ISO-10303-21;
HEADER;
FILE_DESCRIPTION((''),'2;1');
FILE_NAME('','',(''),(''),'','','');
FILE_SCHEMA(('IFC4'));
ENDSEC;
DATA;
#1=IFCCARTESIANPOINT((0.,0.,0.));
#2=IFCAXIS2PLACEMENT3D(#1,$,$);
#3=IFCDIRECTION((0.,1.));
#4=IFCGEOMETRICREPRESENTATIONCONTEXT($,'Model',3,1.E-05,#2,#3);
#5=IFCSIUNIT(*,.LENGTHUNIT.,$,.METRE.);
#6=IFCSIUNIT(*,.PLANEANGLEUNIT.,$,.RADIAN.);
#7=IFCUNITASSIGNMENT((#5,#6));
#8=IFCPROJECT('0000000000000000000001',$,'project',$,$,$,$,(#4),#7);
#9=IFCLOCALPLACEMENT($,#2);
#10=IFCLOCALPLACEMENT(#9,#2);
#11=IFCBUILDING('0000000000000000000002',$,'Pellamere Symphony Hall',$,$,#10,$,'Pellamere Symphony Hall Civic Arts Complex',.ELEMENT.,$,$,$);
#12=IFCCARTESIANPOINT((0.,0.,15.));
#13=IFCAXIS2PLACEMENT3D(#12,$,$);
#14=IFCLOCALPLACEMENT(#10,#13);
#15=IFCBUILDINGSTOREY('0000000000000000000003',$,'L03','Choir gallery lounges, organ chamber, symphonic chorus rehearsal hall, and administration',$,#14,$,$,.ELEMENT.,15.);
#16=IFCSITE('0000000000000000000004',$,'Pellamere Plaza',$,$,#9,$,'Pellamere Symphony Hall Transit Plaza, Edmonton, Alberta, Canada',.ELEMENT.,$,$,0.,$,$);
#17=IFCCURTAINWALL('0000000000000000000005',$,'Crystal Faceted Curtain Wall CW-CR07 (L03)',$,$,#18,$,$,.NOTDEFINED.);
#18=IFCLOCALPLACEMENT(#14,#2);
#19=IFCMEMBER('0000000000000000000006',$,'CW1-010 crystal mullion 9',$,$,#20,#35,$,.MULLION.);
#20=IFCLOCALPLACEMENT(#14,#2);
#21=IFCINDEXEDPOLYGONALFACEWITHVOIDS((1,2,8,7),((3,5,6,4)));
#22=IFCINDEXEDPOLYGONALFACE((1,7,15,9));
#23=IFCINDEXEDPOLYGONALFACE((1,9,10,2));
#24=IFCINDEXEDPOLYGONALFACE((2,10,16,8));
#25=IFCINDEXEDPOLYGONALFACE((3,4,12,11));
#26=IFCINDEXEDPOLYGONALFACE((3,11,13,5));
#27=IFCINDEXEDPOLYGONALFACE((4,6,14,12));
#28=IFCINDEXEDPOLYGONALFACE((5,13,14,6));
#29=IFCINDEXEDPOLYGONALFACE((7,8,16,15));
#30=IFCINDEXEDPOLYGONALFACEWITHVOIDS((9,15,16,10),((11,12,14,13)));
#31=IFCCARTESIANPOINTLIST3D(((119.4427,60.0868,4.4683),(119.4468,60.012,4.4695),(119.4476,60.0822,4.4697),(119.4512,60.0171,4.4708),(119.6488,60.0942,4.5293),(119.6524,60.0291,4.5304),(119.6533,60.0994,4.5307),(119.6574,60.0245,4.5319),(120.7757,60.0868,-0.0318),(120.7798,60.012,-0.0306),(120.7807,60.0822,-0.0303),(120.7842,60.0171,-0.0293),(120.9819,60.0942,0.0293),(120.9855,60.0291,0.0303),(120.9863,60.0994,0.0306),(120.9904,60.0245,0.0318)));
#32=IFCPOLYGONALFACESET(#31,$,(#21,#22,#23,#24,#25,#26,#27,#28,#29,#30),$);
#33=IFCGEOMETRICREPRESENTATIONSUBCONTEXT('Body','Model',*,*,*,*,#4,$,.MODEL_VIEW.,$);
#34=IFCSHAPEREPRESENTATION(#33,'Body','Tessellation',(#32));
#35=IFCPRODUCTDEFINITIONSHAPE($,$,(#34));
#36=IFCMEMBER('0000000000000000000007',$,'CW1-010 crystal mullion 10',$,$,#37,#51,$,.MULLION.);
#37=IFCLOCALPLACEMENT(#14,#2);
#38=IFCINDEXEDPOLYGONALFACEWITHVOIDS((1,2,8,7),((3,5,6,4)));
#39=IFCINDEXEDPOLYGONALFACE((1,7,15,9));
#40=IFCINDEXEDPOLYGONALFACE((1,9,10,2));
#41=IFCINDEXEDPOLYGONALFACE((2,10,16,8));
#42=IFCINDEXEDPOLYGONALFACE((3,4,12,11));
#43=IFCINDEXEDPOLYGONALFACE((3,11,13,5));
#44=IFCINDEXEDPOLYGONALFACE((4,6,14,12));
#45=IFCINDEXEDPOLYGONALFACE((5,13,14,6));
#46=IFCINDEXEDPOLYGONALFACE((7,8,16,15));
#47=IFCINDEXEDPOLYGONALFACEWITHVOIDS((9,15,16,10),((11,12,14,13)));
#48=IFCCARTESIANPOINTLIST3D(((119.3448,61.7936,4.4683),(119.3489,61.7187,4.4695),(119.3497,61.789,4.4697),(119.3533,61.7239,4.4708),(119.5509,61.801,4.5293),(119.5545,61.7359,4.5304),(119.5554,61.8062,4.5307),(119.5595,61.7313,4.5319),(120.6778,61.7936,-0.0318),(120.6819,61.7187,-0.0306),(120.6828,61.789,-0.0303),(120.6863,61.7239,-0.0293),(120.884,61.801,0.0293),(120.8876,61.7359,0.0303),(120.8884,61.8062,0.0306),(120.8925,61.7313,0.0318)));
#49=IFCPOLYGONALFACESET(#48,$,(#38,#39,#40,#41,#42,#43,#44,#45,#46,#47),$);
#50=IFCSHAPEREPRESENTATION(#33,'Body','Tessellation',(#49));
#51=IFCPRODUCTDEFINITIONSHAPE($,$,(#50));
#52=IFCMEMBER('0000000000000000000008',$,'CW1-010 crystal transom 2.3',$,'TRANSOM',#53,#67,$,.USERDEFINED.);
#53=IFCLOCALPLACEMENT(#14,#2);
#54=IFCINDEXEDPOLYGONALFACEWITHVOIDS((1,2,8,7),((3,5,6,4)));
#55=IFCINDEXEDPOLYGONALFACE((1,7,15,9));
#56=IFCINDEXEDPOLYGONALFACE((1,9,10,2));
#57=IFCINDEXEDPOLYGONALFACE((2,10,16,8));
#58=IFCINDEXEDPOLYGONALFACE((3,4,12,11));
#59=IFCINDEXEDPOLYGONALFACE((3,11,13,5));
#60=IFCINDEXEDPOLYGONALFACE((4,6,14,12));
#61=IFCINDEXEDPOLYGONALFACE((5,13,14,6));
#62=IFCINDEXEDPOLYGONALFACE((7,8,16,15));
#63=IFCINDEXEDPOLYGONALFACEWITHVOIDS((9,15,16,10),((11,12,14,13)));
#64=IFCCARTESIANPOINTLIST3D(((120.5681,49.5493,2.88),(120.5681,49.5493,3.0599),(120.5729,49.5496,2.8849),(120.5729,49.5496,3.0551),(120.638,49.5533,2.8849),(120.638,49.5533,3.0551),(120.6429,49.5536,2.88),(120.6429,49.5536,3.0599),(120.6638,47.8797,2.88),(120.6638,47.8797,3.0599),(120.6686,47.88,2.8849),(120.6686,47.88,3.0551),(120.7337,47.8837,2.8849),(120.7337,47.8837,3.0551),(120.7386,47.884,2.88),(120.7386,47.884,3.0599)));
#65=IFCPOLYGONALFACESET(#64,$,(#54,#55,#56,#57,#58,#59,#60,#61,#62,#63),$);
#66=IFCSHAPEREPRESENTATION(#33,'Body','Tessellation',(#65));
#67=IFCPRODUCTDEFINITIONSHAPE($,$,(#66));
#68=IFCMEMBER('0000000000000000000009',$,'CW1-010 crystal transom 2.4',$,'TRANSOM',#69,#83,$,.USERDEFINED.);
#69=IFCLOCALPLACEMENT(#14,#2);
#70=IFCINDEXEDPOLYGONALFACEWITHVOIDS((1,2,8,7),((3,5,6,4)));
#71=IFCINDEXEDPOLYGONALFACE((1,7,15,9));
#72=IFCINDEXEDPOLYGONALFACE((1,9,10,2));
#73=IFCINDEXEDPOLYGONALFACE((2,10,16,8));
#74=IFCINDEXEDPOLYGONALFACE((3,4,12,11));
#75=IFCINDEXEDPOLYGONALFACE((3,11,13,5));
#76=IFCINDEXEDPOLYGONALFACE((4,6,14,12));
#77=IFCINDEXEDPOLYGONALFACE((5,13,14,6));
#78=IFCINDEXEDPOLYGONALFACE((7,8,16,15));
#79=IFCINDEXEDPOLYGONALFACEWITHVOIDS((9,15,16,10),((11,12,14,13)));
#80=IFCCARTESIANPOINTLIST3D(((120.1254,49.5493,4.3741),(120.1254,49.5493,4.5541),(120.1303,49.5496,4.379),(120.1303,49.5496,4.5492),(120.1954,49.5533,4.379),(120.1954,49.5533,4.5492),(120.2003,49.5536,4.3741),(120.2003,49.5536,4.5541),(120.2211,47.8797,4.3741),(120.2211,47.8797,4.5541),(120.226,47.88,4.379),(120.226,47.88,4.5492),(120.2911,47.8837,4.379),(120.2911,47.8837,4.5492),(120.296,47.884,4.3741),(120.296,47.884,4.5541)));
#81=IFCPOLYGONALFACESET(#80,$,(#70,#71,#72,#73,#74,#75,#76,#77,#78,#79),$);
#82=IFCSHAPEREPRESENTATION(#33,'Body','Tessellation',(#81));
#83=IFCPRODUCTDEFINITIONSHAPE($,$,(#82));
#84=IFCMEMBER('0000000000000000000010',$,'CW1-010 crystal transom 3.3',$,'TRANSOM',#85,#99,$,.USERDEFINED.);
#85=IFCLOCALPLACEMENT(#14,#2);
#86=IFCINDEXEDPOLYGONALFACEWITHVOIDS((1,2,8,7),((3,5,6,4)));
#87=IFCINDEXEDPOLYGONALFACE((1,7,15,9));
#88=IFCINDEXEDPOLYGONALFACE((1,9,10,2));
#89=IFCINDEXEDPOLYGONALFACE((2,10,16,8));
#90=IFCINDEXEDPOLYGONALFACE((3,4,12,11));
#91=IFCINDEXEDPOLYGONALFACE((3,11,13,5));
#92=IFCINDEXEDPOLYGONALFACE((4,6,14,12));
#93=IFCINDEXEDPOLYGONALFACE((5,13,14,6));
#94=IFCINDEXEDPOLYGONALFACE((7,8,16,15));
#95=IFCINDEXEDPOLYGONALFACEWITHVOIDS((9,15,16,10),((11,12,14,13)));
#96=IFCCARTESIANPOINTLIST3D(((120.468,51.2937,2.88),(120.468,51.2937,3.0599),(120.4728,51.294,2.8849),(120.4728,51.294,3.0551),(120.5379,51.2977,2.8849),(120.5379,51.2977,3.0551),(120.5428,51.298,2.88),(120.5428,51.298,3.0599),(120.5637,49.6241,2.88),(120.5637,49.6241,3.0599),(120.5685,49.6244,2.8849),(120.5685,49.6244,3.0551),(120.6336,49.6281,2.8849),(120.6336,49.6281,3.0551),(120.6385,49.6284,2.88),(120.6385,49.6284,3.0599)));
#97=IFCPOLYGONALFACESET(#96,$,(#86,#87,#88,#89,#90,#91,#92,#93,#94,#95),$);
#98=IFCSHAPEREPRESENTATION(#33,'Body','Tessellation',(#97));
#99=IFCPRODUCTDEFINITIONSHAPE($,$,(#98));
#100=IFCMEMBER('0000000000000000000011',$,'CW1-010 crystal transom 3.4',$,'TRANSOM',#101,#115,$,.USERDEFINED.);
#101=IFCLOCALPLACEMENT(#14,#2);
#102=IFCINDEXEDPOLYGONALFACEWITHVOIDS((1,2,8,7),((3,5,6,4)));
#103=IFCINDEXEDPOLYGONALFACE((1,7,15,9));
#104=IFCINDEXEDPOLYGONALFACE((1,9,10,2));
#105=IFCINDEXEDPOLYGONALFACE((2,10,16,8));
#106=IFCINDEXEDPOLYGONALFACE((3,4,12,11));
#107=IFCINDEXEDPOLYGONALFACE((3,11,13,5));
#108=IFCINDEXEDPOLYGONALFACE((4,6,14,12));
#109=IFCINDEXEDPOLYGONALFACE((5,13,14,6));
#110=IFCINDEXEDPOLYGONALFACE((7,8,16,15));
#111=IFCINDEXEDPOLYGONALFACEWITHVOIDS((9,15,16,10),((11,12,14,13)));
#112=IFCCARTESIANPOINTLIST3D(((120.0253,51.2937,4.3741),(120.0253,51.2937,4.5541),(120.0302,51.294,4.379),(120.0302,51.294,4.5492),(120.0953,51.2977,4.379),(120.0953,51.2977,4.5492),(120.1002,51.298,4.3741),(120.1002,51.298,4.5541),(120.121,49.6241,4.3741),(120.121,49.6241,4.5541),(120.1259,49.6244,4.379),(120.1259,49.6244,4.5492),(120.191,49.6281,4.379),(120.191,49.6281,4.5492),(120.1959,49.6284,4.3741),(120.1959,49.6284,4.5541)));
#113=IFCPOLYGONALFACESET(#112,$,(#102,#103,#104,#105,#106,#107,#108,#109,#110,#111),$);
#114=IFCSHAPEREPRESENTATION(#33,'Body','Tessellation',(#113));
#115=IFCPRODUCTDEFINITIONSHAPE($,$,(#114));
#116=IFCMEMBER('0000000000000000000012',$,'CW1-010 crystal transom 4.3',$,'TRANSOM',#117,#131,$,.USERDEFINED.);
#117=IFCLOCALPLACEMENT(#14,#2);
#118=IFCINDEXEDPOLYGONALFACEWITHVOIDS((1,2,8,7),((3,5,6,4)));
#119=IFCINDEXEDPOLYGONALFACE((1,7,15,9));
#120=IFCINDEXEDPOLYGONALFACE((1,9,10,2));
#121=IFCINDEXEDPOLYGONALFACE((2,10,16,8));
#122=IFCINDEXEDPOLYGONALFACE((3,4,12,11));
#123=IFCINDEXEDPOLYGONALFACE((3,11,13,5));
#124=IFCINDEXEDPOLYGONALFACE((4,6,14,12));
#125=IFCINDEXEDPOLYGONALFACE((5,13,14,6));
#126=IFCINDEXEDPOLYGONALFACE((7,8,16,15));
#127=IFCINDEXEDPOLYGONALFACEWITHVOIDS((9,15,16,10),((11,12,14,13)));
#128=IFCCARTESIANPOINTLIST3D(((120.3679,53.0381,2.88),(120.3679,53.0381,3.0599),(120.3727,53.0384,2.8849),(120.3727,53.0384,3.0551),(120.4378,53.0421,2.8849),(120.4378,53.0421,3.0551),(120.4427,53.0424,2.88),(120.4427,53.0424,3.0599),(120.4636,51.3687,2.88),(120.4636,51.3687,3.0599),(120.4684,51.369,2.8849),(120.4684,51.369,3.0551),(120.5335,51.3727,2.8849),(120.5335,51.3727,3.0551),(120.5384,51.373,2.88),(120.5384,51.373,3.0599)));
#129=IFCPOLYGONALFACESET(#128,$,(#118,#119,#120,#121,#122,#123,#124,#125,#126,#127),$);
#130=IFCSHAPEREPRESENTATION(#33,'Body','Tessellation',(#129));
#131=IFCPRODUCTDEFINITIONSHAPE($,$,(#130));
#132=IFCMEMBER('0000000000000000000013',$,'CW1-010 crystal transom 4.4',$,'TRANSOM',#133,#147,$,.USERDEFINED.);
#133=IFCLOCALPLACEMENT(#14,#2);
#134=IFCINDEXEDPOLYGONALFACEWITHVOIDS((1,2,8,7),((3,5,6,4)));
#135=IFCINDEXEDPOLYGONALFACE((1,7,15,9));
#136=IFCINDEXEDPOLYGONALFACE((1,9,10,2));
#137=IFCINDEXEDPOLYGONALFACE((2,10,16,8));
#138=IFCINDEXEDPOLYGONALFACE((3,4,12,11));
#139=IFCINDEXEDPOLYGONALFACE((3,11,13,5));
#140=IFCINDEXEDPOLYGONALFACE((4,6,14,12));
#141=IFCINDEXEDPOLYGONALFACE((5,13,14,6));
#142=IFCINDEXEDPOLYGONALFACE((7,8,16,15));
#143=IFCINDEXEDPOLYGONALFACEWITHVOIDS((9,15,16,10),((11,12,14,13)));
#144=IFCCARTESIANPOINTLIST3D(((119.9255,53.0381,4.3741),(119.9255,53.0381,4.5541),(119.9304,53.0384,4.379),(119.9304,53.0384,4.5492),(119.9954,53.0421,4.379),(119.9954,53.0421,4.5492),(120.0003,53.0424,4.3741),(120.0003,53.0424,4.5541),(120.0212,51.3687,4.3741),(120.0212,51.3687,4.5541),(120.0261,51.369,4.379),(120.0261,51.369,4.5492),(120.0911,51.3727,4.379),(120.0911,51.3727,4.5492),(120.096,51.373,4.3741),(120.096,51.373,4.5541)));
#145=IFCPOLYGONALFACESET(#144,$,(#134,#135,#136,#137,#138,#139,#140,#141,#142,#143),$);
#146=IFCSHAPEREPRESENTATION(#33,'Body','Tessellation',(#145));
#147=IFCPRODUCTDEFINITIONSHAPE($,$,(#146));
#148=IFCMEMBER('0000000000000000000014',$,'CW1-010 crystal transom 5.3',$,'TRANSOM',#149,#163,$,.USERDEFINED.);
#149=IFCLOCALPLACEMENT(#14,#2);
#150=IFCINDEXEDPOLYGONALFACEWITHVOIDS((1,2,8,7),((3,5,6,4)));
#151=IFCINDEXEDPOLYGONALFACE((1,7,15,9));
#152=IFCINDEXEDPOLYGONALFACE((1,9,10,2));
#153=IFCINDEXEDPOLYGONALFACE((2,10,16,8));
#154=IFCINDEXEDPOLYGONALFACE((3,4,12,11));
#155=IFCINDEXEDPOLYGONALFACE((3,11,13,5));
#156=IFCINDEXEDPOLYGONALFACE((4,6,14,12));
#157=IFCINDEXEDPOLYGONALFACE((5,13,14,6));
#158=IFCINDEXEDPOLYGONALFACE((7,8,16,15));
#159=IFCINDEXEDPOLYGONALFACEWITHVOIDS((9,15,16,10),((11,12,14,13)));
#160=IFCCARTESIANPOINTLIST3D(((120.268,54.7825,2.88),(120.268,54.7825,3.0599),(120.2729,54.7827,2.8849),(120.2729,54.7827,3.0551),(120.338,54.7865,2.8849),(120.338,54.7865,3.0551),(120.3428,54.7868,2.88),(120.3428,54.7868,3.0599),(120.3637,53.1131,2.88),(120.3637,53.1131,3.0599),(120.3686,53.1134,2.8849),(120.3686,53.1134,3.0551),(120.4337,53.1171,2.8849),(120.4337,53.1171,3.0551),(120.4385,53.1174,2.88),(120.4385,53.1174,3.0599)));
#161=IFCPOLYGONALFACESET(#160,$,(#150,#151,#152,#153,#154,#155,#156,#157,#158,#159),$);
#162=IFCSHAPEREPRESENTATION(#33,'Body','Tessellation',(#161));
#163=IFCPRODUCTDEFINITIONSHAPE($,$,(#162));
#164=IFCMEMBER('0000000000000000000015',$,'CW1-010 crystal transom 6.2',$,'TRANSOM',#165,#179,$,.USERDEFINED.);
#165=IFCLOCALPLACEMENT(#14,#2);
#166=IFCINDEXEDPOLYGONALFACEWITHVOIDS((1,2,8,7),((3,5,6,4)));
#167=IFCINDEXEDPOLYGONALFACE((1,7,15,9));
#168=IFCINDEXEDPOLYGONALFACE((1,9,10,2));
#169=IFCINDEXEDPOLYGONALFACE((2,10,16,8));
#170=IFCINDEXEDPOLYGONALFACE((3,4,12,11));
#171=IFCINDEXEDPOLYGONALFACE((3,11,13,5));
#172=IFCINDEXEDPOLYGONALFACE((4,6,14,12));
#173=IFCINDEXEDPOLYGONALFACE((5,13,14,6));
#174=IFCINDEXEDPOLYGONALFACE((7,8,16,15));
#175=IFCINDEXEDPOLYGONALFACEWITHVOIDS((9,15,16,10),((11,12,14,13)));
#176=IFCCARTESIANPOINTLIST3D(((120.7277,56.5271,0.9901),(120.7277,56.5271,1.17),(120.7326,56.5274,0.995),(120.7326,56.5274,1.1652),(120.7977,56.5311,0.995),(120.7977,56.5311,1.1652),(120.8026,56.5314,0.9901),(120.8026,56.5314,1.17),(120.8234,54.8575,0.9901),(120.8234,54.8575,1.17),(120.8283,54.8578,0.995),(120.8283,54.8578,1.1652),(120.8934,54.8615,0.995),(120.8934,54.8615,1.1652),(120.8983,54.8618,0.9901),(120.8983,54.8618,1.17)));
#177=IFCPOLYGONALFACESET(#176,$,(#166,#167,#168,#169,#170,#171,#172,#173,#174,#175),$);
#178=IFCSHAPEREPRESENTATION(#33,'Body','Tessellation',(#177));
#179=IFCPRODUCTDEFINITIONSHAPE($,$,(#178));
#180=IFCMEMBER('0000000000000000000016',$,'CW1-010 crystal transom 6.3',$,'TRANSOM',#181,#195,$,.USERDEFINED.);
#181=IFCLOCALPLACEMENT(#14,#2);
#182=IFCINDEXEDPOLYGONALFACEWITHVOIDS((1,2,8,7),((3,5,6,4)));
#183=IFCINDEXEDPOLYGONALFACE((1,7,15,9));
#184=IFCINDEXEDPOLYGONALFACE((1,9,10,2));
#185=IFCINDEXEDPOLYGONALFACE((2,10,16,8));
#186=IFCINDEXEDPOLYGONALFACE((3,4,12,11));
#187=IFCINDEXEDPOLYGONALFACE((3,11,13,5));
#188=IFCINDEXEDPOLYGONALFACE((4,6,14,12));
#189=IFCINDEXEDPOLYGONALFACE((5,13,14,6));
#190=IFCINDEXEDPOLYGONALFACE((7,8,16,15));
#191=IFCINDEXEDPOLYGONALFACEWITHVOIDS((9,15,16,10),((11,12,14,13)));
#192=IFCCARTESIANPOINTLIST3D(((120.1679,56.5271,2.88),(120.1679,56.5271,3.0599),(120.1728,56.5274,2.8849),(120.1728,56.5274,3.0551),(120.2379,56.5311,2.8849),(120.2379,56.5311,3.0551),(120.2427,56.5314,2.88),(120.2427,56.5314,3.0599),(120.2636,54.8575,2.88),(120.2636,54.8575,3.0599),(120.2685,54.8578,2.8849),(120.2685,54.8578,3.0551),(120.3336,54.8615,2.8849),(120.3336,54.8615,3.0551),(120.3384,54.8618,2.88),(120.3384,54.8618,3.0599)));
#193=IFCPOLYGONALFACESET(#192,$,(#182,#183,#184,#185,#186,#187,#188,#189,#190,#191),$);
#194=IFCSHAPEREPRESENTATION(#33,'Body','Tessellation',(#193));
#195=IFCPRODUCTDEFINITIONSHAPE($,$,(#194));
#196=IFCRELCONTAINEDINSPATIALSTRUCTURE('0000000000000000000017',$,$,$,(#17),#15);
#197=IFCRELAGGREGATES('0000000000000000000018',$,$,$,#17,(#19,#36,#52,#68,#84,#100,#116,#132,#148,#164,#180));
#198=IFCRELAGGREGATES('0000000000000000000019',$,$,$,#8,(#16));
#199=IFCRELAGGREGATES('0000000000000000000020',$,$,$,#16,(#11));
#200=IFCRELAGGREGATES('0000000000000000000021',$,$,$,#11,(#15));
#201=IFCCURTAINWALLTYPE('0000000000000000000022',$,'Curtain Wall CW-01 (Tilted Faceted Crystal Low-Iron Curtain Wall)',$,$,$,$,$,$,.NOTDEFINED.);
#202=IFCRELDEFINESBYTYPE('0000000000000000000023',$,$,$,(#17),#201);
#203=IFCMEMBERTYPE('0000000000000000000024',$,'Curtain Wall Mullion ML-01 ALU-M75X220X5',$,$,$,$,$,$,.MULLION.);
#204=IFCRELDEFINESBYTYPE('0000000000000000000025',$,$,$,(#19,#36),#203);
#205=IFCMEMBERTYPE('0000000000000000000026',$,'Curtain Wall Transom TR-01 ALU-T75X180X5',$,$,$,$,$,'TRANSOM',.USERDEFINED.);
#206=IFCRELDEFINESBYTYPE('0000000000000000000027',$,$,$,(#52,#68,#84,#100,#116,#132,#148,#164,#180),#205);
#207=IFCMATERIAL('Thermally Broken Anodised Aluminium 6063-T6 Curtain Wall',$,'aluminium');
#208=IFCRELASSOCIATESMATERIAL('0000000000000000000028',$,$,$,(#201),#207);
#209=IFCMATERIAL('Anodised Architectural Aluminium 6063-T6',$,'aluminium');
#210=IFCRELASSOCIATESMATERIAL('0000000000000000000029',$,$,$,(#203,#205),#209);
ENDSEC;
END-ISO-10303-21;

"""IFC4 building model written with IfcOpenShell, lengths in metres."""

from ifc_helpers import new_model, si_unit, direction, frame, origin, origin_2d, place, context, subcontext, project, spatial, hollow_rectangle, extrude, material, material_profile, profile_set, type_object, element, aggregate, save


model = new_model("IFC4")

# Units and contexts
model_context = context("Model", 3, precision=1e-05, world=origin(), true_north=direction((0.0, 1.0)))
body_context = subcontext(model_context, "Body", "Model", "MODEL_VIEW")
ifc_project = project(units=[si_unit("LENGTHUNIT", "METRE"), si_unit("PLANEANGLEUNIT", "RADIAN")], contexts=[model_context])

# Site, building, storey
site_placement = place(None, origin())
site = spatial("IfcSite", under=ifc_project, at=site_placement, Name="Pellamere Plaza", LongName="Pellamere Symphony Hall Transit Plaza, Edmonton, Alberta, Canada", CompositionType="ELEMENT", RefElevation=0.0)
building_placement = place(site_placement, origin())
building = spatial("IfcBuilding", under=site, at=building_placement, Name="Pellamere Symphony Hall", LongName="Pellamere Symphony Hall Civic Arts Complex", CompositionType="ELEMENT")
storey_placement = place(building_placement, frame((0.0, 0.0, 15.0)))
storey = spatial("IfcBuildingStorey", under=building, at=storey_placement, Name="L03", Description="Choir gallery lounges, organ chamber, symphonic chorus rehearsal hall, and administration", CompositionType="ELEMENT", Elevation=15.0)

# Curtain wall, members
ifc_material_1 = material(Name="Thermally Broken Anodised Aluminium 6063-T6 Curtain Wall", Category="aluminium")
curtain_wall_type = type_object("IfcCurtainWallType", Name="Curtain Wall CW-01 (Tilted Faceted Crystal Low-Iron Curtain Wall)", PredefinedType="NOTDEFINED", material=ifc_material_1)
curtain_wall_placement = place(storey_placement, origin())
curtain_wall = element("IfcCurtainWall", 1, at=curtain_wall_placement, inside=storey, type_object=curtain_wall_type, Name="Crystal Faceted Curtain Wall CW-CR07 (L03)", PredefinedType="NOTDEFINED")
ifc_material_2 = material(Name="Anodised Architectural Aluminium 6063-T6", Category="aluminium")
ifc_material_profile_1 = material_profile(ifc_material_2, hollow_rectangle(XDim=0.075, YDim=0.22, WallThickness=0.0049, at=origin_2d()), Name="ALU-M75X220X5")
ifc_profile_set_1 = profile_set([ifc_material_profile_1], Name="Anodised Architectural Aluminium 6063-T6")
member_type_1 = type_object("IfcMemberType", Name="Curtain Wall Mullion ML-01 ALU-M75X220X5", PredefinedType="MULLION", material=ifc_profile_set_1)
member_1_placement = place(storey_placement, frame((120.8831, 60.0557, 0.0), z_axis=(-0.284025, 0.0, 0.958817), x_axis=(-0.054874, 0.998361, -0.016255)))
member_1 = element("IfcMember", 2, at=member_1_placement, type_object=member_type_1, Name="CW1-010 crystal mullion 9", PredefinedType="MULLION", context=body_context, shape_type="SweptSolid", body=[
    extrude(hollow_rectangle(XDim=0.075, YDim=0.22, WallThickness=0.0049, at=origin_2d()), origin(), (0.0, 0.0, 1.0), 4.6934),
])
member_2_placement = place(storey_placement, frame((120.7852, 61.7625, 0.0), z_axis=(-0.284025, 0.0, 0.958817), x_axis=(-0.054874, 0.998361, -0.016255)))
member_2 = element("IfcMember", 3, at=member_2_placement, type_object=member_type_1, Name="CW1-010 crystal mullion 10", PredefinedType="MULLION", context=body_context, shape_type="SweptSolid", body=[
    extrude(hollow_rectangle(XDim=0.075, YDim=0.22, WallThickness=0.0049, at=origin_2d()), origin(), (0.0, 0.0, 1.0), 4.6934),
])
ifc_material_profile_2 = material_profile(ifc_material_2, hollow_rectangle(XDim=0.075, YDim=0.1799, WallThickness=0.0049, at=origin_2d()), Name="ALU-T75X180X5")
ifc_profile_set_2 = profile_set([ifc_material_profile_2], Name="Anodised Architectural Aluminium 6063-T6")
member_type_2 = type_object("IfcMemberType", Name="Curtain Wall Transom TR-01 ALU-T75X180X5", ElementType="TRANSOM", PredefinedType="USERDEFINED", material=ifc_profile_set_2)
member_3_placement = place(storey_placement, frame((120.7012, 47.8818, 2.97), z_axis=(-0.057224, 0.998361, 0.0), x_axis=(-0.998361, -0.057224, 0.0)))
member_3 = element("IfcMember", 4, at=member_3_placement, type_object=member_type_2, Name="CW1-010 crystal transom 2.3", ObjectType="TRANSOM", PredefinedType="USERDEFINED", context=body_context, shape_type="SweptSolid", body=[
    extrude(hollow_rectangle(XDim=0.075, YDim=0.1799, WallThickness=0.0049, at=origin_2d()), origin(), (0.0, 0.0, 1.0), 1.6724),
])
member_4_placement = place(storey_placement, frame((120.2585, 47.8818, 4.4641), z_axis=(-0.057224, 0.998361, 0.0), x_axis=(-0.998361, -0.057224, 0.0)))
member_4 = element("IfcMember", 5, at=member_4_placement, type_object=member_type_2, Name="CW1-010 crystal transom 2.4", ObjectType="TRANSOM", PredefinedType="USERDEFINED", context=body_context, shape_type="SweptSolid", body=[
    extrude(hollow_rectangle(XDim=0.075, YDim=0.1799, WallThickness=0.0049, at=origin_2d()), origin(), (0.0, 0.0, 1.0), 1.6724),
])
member_5_placement = place(storey_placement, frame((120.6011, 49.6262, 2.97), z_axis=(-0.057224, 0.998361, 0.0), x_axis=(-0.998361, -0.057224, 0.0)))
member_5 = element("IfcMember", 6, at=member_5_placement, type_object=member_type_2, Name="CW1-010 crystal transom 3.3", ObjectType="TRANSOM", PredefinedType="USERDEFINED", context=body_context, shape_type="SweptSolid", body=[
    extrude(hollow_rectangle(XDim=0.075, YDim=0.1799, WallThickness=0.0049, at=origin_2d()), origin(), (0.0, 0.0, 1.0), 1.6724),
])
member_6_placement = place(storey_placement, frame((120.1584, 49.6262, 4.4641), z_axis=(-0.057224, 0.998361, 0.0), x_axis=(-0.998361, -0.057224, 0.0)))
member_6 = element("IfcMember", 7, at=member_6_placement, type_object=member_type_2, Name="CW1-010 crystal transom 3.4", ObjectType="TRANSOM", PredefinedType="USERDEFINED", context=body_context, shape_type="SweptSolid", body=[
    extrude(hollow_rectangle(XDim=0.075, YDim=0.1799, WallThickness=0.0049, at=origin_2d()), origin(), (0.0, 0.0, 1.0), 1.6724),
])
member_7_placement = place(storey_placement, frame((120.501, 51.3708, 2.97), z_axis=(-0.057233, 0.998361, 0.0), x_axis=(-0.998361, -0.057233, 0.0)))
member_7 = element("IfcMember", 8, at=member_7_placement, type_object=member_type_2, Name="CW1-010 crystal transom 4.3", ObjectType="TRANSOM", PredefinedType="USERDEFINED", context=body_context, shape_type="SweptSolid", body=[
    extrude(hollow_rectangle(XDim=0.075, YDim=0.1799, WallThickness=0.0049, at=origin_2d()), origin(), (0.0, 0.0, 1.0), 1.6721),
])
member_8_placement = place(storey_placement, frame((120.0586, 51.3708, 4.4641), z_axis=(-0.057233, 0.998361, 0.0), x_axis=(-0.998361, -0.057233, 0.0)))
member_8 = element("IfcMember", 9, at=member_8_placement, type_object=member_type_2, Name="CW1-010 crystal transom 4.4", ObjectType="TRANSOM", PredefinedType="USERDEFINED", context=body_context, shape_type="SweptSolid", body=[
    extrude(hollow_rectangle(XDim=0.075, YDim=0.1799, WallThickness=0.0049, at=origin_2d()), origin(), (0.0, 0.0, 1.0), 1.6721),
])
member_9_placement = place(storey_placement, frame((120.4011, 53.1152, 2.97), z_axis=(-0.057233, 0.998361, 0.0), x_axis=(-0.998361, -0.057233, 0.0)))
member_9 = element("IfcMember", 10, at=member_9_placement, type_object=member_type_2, Name="CW1-010 crystal transom 5.3", ObjectType="TRANSOM", PredefinedType="USERDEFINED", context=body_context, shape_type="SweptSolid", body=[
    extrude(hollow_rectangle(XDim=0.075, YDim=0.1799, WallThickness=0.0049, at=origin_2d()), origin(), (0.0, 0.0, 1.0), 1.6721),
])
member_10_placement = place(storey_placement, frame((120.8608, 54.8596, 1.0801), z_axis=(-0.057224, 0.998361, 0.0), x_axis=(-0.998361, -0.057224, 0.0)))
member_10 = element("IfcMember", 11, at=member_10_placement, type_object=member_type_2, Name="CW1-010 crystal transom 6.2", ObjectType="TRANSOM", PredefinedType="USERDEFINED", context=body_context, shape_type="SweptSolid", body=[
    extrude(hollow_rectangle(XDim=0.075, YDim=0.1799, WallThickness=0.0049, at=origin_2d()), origin(), (0.0, 0.0, 1.0), 1.6724),
])
member_11_placement = place(storey_placement, frame((120.301, 54.8596, 2.97), z_axis=(-0.057224, 0.998361, 0.0), x_axis=(-0.998361, -0.057224, 0.0)))
member_11 = element("IfcMember", 12, at=member_11_placement, type_object=member_type_2, Name="CW1-010 crystal transom 6.3", ObjectType="TRANSOM", PredefinedType="USERDEFINED", context=body_context, shape_type="SweptSolid", body=[
    extrude(hollow_rectangle(XDim=0.075, YDim=0.1799, WallThickness=0.0049, at=origin_2d()), origin(), (0.0, 0.0, 1.0), 1.6724),
])
aggregate(curtain_wall, [member_1, member_2, member_3, member_4, member_5, member_6, member_7, member_8, member_9, member_10, member_11])

save(model, "model.ifc")
